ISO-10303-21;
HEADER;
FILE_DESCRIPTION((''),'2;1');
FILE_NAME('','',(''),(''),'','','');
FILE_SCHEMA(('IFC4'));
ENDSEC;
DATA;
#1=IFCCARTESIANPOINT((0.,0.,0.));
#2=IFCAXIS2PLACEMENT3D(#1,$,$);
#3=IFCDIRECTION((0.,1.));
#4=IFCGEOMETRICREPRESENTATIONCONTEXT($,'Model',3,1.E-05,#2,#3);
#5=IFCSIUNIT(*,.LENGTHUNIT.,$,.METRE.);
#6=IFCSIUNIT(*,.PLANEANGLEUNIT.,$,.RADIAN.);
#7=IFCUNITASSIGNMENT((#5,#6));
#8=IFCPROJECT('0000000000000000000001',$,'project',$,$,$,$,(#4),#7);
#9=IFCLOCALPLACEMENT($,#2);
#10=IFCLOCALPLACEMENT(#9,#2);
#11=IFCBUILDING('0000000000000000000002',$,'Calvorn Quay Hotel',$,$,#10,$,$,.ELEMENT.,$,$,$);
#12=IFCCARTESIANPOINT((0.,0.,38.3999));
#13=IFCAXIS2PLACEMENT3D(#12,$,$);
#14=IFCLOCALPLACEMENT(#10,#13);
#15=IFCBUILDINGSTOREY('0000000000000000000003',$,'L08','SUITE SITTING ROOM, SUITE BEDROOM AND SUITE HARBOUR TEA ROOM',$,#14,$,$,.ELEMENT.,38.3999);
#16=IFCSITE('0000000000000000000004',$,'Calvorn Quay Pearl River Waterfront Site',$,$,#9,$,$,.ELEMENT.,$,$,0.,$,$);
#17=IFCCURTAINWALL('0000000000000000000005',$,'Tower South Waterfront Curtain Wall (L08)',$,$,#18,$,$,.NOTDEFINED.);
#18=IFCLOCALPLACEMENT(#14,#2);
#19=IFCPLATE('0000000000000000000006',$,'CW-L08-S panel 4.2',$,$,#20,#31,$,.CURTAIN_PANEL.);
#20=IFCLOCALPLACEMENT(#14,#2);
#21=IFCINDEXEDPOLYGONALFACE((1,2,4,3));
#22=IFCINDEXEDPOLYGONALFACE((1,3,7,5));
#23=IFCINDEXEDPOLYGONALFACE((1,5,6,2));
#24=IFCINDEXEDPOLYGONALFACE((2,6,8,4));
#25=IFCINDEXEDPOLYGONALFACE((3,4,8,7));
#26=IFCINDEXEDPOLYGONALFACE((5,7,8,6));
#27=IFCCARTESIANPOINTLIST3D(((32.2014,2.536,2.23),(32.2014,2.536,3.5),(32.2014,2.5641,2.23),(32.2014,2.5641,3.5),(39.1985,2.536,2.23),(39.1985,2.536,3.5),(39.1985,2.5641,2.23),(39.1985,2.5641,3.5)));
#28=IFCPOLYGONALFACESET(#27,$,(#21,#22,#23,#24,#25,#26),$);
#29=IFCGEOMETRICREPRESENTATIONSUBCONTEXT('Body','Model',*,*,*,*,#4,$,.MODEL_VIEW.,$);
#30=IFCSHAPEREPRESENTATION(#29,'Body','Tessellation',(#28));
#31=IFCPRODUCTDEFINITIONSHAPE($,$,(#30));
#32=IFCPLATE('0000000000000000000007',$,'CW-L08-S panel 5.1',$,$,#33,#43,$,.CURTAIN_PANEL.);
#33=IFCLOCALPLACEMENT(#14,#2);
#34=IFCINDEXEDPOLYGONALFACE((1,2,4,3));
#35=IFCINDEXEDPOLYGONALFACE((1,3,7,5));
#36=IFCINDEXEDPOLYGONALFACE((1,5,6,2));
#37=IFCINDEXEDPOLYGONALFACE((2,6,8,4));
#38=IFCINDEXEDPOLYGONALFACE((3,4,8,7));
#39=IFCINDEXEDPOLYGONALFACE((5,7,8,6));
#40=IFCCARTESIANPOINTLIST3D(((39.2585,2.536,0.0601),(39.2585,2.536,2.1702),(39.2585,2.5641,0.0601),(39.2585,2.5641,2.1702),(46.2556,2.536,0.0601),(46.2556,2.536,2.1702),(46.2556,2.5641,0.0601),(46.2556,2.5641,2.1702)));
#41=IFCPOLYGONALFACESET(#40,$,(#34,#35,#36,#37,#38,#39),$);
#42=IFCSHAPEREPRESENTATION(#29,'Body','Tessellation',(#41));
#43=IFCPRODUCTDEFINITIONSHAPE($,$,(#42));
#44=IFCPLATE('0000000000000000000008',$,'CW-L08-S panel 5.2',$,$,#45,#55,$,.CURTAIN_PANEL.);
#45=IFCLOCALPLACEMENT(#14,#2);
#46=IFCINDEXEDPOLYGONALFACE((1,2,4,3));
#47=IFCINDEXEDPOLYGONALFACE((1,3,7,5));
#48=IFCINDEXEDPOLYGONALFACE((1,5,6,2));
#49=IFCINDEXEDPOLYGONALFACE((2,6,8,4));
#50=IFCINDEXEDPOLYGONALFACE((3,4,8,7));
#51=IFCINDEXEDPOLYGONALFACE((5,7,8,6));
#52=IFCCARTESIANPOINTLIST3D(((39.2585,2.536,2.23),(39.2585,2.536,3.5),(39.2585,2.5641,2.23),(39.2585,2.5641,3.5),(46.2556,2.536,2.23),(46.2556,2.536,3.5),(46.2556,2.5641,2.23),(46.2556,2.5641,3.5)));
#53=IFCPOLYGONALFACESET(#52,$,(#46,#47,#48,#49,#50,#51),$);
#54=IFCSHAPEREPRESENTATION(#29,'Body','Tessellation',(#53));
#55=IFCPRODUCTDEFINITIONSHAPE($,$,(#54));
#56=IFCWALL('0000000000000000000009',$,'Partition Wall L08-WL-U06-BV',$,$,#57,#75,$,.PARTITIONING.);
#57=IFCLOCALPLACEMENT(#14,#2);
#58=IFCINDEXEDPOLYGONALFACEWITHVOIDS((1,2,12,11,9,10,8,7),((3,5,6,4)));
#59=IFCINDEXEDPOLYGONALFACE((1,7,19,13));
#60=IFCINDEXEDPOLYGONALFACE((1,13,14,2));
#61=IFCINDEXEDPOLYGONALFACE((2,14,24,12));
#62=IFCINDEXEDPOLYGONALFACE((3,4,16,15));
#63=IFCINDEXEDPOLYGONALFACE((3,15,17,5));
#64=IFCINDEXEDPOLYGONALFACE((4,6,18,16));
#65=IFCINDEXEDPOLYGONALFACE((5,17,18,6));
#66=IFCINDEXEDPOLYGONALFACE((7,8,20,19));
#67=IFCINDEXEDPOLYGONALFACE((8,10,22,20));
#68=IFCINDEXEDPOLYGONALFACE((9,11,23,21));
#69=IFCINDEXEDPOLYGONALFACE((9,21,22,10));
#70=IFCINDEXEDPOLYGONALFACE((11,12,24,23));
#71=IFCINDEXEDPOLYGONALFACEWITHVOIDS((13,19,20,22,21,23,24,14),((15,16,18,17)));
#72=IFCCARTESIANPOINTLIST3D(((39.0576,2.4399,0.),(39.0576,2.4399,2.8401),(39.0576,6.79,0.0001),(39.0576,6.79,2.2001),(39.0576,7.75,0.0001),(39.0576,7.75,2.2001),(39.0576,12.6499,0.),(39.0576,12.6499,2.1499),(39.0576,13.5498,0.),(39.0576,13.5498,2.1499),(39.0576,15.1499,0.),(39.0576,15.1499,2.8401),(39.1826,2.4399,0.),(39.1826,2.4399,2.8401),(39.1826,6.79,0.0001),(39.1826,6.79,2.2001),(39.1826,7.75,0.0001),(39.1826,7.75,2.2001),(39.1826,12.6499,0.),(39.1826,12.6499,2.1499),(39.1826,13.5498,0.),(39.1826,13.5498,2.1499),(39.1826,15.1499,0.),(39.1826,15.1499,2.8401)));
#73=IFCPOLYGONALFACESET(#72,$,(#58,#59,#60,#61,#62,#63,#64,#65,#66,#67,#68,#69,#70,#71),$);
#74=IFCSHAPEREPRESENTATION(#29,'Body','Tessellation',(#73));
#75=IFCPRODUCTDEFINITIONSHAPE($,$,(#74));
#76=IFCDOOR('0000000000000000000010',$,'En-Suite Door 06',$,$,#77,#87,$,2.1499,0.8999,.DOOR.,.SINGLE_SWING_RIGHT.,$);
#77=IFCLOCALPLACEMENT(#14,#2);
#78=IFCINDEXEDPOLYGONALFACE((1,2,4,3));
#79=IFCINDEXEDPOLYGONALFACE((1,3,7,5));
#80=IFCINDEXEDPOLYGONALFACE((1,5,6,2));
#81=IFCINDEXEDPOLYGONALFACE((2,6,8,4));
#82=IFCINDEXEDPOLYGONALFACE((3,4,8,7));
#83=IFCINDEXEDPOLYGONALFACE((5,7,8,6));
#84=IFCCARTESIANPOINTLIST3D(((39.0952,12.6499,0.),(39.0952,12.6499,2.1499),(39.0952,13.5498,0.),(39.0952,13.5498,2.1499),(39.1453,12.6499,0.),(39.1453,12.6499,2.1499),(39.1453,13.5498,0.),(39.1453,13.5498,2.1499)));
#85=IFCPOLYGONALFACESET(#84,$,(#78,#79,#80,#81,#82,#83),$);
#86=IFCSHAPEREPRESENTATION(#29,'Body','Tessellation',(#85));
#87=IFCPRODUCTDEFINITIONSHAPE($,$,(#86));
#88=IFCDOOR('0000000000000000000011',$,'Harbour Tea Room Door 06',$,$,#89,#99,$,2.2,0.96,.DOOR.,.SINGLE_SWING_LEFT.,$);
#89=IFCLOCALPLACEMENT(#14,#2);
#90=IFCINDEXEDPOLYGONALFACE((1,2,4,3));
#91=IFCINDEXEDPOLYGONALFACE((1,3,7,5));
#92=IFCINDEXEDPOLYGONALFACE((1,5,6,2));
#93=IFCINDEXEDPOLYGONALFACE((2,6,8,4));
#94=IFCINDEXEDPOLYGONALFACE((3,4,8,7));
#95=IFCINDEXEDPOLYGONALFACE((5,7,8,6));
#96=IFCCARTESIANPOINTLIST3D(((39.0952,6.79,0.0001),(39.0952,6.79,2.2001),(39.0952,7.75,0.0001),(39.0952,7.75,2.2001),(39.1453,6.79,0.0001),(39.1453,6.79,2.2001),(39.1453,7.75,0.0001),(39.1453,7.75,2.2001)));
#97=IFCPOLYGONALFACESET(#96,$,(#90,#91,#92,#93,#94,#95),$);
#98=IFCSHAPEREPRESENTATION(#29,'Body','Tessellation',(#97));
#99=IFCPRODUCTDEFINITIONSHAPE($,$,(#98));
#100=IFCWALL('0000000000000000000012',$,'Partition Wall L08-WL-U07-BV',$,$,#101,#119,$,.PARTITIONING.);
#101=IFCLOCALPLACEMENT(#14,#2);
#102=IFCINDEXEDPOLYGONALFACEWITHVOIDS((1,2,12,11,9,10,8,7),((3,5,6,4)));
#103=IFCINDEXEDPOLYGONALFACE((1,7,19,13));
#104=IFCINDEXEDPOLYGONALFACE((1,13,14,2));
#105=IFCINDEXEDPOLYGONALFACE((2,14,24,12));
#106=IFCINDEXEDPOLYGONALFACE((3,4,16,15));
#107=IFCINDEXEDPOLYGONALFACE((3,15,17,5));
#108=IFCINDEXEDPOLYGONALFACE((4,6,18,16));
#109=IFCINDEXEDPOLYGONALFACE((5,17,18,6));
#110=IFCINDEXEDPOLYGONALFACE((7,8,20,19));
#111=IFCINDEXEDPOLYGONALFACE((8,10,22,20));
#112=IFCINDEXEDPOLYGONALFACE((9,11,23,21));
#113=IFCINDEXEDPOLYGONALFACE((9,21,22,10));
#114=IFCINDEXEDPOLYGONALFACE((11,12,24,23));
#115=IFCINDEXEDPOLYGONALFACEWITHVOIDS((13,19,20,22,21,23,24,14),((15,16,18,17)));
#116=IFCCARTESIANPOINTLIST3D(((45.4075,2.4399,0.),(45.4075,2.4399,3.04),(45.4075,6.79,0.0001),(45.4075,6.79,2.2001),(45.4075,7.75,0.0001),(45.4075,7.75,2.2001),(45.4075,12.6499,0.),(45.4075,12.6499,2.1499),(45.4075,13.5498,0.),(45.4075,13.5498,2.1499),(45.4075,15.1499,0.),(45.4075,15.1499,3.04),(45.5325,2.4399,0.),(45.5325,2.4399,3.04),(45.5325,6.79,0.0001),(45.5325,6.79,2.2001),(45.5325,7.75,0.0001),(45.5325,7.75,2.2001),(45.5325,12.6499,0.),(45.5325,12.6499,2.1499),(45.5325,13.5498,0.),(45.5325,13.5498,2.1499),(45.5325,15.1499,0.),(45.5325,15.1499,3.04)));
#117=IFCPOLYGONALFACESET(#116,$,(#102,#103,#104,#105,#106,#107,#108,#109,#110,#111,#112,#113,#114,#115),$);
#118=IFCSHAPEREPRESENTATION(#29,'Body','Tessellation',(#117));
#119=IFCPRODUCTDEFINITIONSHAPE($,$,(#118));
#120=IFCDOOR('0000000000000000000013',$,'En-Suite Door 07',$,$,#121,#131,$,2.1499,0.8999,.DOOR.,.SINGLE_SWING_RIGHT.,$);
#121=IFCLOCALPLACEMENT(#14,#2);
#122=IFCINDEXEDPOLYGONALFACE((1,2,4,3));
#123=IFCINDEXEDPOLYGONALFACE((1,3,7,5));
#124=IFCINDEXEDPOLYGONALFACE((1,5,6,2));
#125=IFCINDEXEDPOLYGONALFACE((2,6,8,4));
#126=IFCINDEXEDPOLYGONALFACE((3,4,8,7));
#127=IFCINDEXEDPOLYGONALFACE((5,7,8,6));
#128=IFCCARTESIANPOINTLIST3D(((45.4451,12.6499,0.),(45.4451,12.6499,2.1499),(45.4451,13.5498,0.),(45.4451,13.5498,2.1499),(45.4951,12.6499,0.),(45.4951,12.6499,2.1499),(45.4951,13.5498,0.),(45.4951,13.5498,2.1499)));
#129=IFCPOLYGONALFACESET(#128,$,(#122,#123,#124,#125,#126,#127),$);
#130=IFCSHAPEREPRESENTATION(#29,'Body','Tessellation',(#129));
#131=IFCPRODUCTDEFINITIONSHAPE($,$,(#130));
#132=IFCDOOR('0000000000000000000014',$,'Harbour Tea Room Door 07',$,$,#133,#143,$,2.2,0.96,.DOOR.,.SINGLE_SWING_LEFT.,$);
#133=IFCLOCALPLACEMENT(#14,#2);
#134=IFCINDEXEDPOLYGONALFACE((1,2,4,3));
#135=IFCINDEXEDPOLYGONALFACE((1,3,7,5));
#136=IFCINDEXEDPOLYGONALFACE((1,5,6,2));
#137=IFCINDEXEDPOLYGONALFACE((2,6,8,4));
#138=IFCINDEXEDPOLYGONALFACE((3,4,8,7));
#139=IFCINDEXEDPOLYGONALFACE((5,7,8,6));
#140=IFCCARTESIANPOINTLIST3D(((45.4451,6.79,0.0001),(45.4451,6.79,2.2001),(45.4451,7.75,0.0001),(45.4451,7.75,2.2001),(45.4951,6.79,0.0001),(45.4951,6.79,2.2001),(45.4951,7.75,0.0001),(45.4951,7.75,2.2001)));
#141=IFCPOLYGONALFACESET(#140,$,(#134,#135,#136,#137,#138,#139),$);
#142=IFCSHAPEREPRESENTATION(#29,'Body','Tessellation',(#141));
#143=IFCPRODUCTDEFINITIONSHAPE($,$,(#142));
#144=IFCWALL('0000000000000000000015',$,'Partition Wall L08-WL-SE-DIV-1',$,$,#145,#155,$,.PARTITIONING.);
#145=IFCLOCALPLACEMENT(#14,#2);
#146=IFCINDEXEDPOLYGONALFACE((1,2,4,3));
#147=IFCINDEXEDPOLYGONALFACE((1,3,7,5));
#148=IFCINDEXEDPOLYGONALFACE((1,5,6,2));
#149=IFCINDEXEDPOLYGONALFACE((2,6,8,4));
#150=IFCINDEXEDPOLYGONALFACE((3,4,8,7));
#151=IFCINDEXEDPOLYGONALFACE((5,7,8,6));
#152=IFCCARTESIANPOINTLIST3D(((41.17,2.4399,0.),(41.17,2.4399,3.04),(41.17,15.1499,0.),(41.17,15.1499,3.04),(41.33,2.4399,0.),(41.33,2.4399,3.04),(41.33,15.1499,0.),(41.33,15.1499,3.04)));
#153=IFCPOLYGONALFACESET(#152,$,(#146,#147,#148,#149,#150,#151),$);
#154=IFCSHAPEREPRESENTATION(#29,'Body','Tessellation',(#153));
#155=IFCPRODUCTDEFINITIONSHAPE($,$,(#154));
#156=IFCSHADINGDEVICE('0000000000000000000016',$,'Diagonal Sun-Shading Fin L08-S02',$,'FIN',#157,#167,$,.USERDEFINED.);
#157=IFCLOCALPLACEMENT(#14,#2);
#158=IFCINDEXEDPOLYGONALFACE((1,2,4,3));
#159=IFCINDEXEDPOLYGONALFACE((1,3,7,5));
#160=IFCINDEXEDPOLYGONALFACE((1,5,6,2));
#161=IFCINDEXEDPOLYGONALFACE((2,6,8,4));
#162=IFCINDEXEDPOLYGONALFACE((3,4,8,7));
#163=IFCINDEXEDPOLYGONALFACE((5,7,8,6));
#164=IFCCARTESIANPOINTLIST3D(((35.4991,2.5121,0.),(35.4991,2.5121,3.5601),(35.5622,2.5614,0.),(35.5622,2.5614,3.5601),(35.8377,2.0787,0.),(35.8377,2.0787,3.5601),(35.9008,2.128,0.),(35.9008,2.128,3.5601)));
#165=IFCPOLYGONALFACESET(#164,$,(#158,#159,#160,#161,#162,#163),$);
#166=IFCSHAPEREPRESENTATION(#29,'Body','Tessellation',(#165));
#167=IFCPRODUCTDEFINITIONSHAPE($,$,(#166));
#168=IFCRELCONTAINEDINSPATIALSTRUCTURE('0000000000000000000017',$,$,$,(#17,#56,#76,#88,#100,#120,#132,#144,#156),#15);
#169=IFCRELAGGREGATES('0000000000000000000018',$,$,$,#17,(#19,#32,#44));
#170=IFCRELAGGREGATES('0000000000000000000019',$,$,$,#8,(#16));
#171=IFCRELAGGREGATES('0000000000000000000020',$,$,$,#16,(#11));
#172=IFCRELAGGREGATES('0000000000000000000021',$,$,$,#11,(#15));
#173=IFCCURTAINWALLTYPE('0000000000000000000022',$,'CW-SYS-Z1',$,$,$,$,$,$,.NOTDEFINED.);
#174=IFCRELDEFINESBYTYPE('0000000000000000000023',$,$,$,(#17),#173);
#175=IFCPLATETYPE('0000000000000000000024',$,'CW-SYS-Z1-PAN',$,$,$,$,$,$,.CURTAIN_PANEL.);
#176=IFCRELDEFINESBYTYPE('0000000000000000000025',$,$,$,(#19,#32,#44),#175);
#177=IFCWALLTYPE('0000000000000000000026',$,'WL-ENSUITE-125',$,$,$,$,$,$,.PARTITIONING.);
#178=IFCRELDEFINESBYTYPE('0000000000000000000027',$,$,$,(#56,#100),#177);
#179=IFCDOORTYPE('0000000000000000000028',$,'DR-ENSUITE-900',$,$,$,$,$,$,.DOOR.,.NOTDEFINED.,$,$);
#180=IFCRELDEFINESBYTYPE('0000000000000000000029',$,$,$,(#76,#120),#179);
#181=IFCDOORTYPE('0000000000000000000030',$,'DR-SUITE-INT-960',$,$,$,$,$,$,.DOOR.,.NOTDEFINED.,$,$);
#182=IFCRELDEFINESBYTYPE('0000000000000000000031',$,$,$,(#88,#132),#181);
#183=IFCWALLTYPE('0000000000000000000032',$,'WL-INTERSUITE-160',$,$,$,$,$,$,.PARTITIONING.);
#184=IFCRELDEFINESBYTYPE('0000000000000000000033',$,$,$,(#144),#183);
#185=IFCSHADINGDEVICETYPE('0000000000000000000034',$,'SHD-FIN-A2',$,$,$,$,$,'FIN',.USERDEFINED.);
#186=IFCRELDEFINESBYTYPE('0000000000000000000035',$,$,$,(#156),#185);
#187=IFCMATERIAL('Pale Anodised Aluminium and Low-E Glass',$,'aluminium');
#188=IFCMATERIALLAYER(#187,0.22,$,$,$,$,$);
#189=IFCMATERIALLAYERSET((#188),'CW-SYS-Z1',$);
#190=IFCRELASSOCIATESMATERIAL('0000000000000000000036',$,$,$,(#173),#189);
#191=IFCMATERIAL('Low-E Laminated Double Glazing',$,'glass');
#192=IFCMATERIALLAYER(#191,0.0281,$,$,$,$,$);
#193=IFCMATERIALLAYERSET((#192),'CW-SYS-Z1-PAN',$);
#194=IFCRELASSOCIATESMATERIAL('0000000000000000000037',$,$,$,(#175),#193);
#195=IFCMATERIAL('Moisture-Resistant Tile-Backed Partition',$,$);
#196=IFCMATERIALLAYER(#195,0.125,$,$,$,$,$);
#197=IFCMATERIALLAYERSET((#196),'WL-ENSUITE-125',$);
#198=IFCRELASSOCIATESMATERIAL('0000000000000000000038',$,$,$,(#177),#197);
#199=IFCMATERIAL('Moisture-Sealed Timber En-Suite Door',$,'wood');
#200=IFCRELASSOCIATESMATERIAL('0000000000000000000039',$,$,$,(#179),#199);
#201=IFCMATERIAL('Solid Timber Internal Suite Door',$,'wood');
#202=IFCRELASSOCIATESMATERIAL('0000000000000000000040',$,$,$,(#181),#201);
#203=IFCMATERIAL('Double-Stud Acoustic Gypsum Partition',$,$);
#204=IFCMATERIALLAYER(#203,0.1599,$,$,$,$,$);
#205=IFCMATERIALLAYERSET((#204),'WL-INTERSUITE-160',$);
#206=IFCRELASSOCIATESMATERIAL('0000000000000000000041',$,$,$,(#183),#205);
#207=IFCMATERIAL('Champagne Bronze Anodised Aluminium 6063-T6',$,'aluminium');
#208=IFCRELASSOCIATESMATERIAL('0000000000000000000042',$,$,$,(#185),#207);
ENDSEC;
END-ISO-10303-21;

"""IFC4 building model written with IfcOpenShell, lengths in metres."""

from ifc_helpers import new_model, si_unit, direction, frame, frame_2d, origin, origin_2d, place, context, subcontext, project, spatial, rectangle, extrude, material, layer, layer_set, type_object, element, fill, aggregate, save


model = new_model("IFC4")

# Units and contexts
model_context = context("Model", 3, precision=1e-05, world=origin(), true_north=direction((0.0, 1.0)))
body_context = subcontext(model_context, "Body", "Model", "MODEL_VIEW")
ifc_project = project(units=[si_unit("LENGTHUNIT", "METRE"), si_unit("PLANEANGLEUNIT", "RADIAN")], contexts=[model_context])

# Site, building, storey
site_placement = place(None, origin())
site = spatial("IfcSite", under=ifc_project, at=site_placement, Name="Calvorn Quay Pearl River Waterfront Site", CompositionType="ELEMENT", RefElevation=0.0)
building_placement = place(site_placement, origin())
building = spatial("IfcBuilding", under=site, at=building_placement, Name="Calvorn Quay Hotel", CompositionType="ELEMENT")
storey_placement = place(building_placement, frame((0.0, 0.0, 38.3999)))
storey = spatial("IfcBuildingStorey", under=building, at=storey_placement, Name="L08", Description="SUITE SITTING ROOM, SUITE BEDROOM AND SUITE HARBOUR TEA ROOM", CompositionType="ELEMENT", Elevation=38.3999)

# Curtain wall, plates
ifc_material_1 = material(Name="Pale Anodised Aluminium and Low-E Glass", Category="aluminium")
ifc_layer_1 = layer(ifc_material_1, 0.22)
ifc_layer_set_1 = layer_set([ifc_layer_1], Name="CW-SYS-Z1")
curtain_wall_type = type_object("IfcCurtainWallType", Name="CW-SYS-Z1", PredefinedType="NOTDEFINED", material=ifc_layer_set_1)
curtain_wall_placement = place(storey_placement, origin())
curtain_wall = element("IfcCurtainWall", 1, at=curtain_wall_placement, inside=storey, type_object=curtain_wall_type, Name="Tower South Waterfront Curtain Wall (L08)", PredefinedType="NOTDEFINED")
ifc_material_2 = material(Name="Low-E Laminated Double Glazing", Category="glass")
ifc_layer_2 = layer(ifc_material_2, 0.0281)
ifc_layer_set_2 = layer_set([ifc_layer_2], Name="CW-SYS-Z1-PAN")
plate_type = type_object("IfcPlateType", Name="CW-SYS-Z1-PAN", PredefinedType="CURTAIN_PANEL", material=ifc_layer_set_2)
plate_1_placement = place(storey_placement, frame((35.7, 2.55, 2.23), z_axis=(0.0, 0.0, 1.0), x_axis=(1.0, 0.0, 0.0)))
plate_1 = element("IfcPlate", 2, at=plate_1_placement, type_object=plate_type, Name="CW-L08-S panel 4.2", PredefinedType="CURTAIN_PANEL", context=body_context, shape_type="SweptSolid", body=[
    extrude(rectangle(XDim=6.9971, YDim=0.0281, at=origin_2d()), origin(), (0.0, 0.0, 1.0), 1.27),
])
plate_2_placement = place(storey_placement, frame((42.7571, 2.55, 0.0601), z_axis=(0.0, 0.0, 1.0), x_axis=(1.0, 0.0, 0.0)))
plate_2 = element("IfcPlate", 3, at=plate_2_placement, type_object=plate_type, Name="CW-L08-S panel 5.1", PredefinedType="CURTAIN_PANEL", context=body_context, shape_type="SweptSolid", body=[
    extrude(rectangle(XDim=6.9971, YDim=0.0281, at=origin_2d()), origin(), (0.0, 0.0, 1.0), 2.1101),
])
plate_3_placement = place(storey_placement, frame((42.7571, 2.55, 2.23), z_axis=(0.0, 0.0, 1.0), x_axis=(1.0, 0.0, 0.0)))
plate_3 = element("IfcPlate", 4, at=plate_3_placement, type_object=plate_type, Name="CW-L08-S panel 5.2", PredefinedType="CURTAIN_PANEL", context=body_context, shape_type="SweptSolid", body=[
    extrude(rectangle(XDim=6.9971, YDim=0.0281, at=origin_2d()), origin(), (0.0, 0.0, 1.0), 1.27),
])
aggregate(curtain_wall, [plate_1, plate_2, plate_3])

# Walls, openings, doors
ifc_material_3 = material(Name="Moisture-Resistant Tile-Backed Partition")
ifc_layer_3 = layer(ifc_material_3, 0.125)
ifc_layer_set_3 = layer_set([ifc_layer_3], Name="WL-ENSUITE-125")
wall_type_1 = type_object("IfcWallType", Name="WL-ENSUITE-125", PredefinedType="PARTITIONING", material=ifc_layer_set_3)
wall_1_placement = place(storey_placement, frame((39.1201, 2.4399, 0.0), z_axis=(0.0, 0.0, 1.0), x_axis=(0.0, 1.0, 0.0)))
wall_1 = element("IfcWall", 5, at=wall_1_placement, inside=storey, type_object=wall_type_1, Name="Partition Wall L08-WL-U06-BV", PredefinedType="PARTITIONING", context=body_context, shape_type="SweptSolid", body=[
    extrude(rectangle(XDim=12.71, YDim=0.125, at=frame_2d((6.355, 0.0))), origin(), (0.0, 0.0, 1.0), 2.8401),
])
opening_1_placement = place(wall_1_placement, frame((4.3501, 0.0, 0.0)))
opening_1 = element("IfcOpeningElement", 6, at=opening_1_placement, cuts=wall_1, PredefinedType="OPENING", context=body_context, shape_type="SweptSolid", body=[
    extrude(rectangle(XDim=0.96, YDim=2.2, at=frame_2d((0.48, 1.1001))), frame((0.0, 0.0725, 0.0), z_axis=(0.0, -1.0, 0.0), x_axis=(1.0, 0.0, 0.0)), (0.0, 0.0, 1.0), 0.145),
])
opening_2_placement = place(wall_1_placement, frame((10.21, 0.0, 0.0)))
opening_2 = element("IfcOpeningElement", 7, at=opening_2_placement, cuts=wall_1, PredefinedType="OPENING", context=body_context, shape_type="SweptSolid", body=[
    extrude(rectangle(XDim=0.8999, YDim=2.1499, at=frame_2d((0.45, 1.075))), frame((0.0, 0.0725, 0.0), z_axis=(0.0, -1.0, 0.0), x_axis=(1.0, 0.0, 0.0)), (0.0, 0.0, 1.0), 0.145),
])
ifc_material_4 = material(Name="Moisture-Sealed Timber En-Suite Door", Category="wood")
door_type_1 = type_object("IfcDoorType", Name="DR-ENSUITE-900", OperationType="NOTDEFINED", PredefinedType="DOOR", material=ifc_material_4)
door_1_placement = place(opening_2_placement, origin())
door_1 = element("IfcDoor", 8, at=door_1_placement, inside=storey, type_object=door_type_1, Name="En-Suite Door 06", OperationType="SINGLE_SWING_RIGHT", OverallHeight=2.1499, OverallWidth=0.8999, PredefinedType="DOOR", context=body_context, shape_type="SweptSolid", body=[
    extrude(rectangle(XDim=0.8999, YDim=2.1499, at=frame_2d((0.45, 1.075))), frame((0.0, 0.0249, 0.0), z_axis=(0.0, -1.0, 0.0), x_axis=(1.0, 0.0, 0.0)), (0.0, 0.0, 1.0), 0.05),
])
fill(opening_2, door_1)
ifc_material_5 = material(Name="Solid Timber Internal Suite Door", Category="wood")
door_type_2 = type_object("IfcDoorType", Name="DR-SUITE-INT-960", OperationType="NOTDEFINED", PredefinedType="DOOR", material=ifc_material_5)
door_2_placement = place(opening_1_placement, origin())
door_2 = element("IfcDoor", 9, at=door_2_placement, inside=storey, type_object=door_type_2, Name="Harbour Tea Room Door 06", OperationType="SINGLE_SWING_LEFT", OverallHeight=2.2, OverallWidth=0.96, PredefinedType="DOOR", context=body_context, shape_type="SweptSolid", body=[
    extrude(rectangle(XDim=0.96, YDim=2.2, at=frame_2d((0.48, 1.1001))), frame((0.0, 0.0249, 0.0), z_axis=(0.0, -1.0, 0.0), x_axis=(1.0, 0.0, 0.0)), (0.0, 0.0, 1.0), 0.05),
])
fill(opening_1, door_2)
wall_2_placement = place(storey_placement, frame((45.47, 2.4399, 0.0), z_axis=(0.0, 0.0, 1.0), x_axis=(0.0, 1.0, 0.0)))
wall_2 = element("IfcWall", 10, at=wall_2_placement, inside=storey, type_object=wall_type_1, Name="Partition Wall L08-WL-U07-BV", PredefinedType="PARTITIONING", context=body_context, shape_type="SweptSolid", body=[
    extrude(rectangle(XDim=12.71, YDim=0.125, at=frame_2d((6.355, 0.0))), origin(), (0.0, 0.0, 1.0), 3.04),
])
opening_3_placement = place(wall_2_placement, frame((4.3501, 0.0, 0.0)))
opening_3 = element("IfcOpeningElement", 11, at=opening_3_placement, cuts=wall_2, PredefinedType="OPENING", context=body_context, shape_type="SweptSolid", body=[
    extrude(rectangle(XDim=0.96, YDim=2.2, at=frame_2d((0.48, 1.1001))), frame((0.0, 0.0725, 0.0), z_axis=(0.0, -1.0, 0.0), x_axis=(1.0, 0.0, 0.0)), (0.0, 0.0, 1.0), 0.145),
])
opening_4_placement = place(wall_2_placement, frame((10.21, 0.0, 0.0)))
opening_4 = element("IfcOpeningElement", 12, at=opening_4_placement, cuts=wall_2, PredefinedType="OPENING", context=body_context, shape_type="SweptSolid", body=[
    extrude(rectangle(XDim=0.8999, YDim=2.1499, at=frame_2d((0.45, 1.075))), frame((0.0, 0.0725, 0.0), z_axis=(0.0, -1.0, 0.0), x_axis=(1.0, 0.0, 0.0)), (0.0, 0.0, 1.0), 0.145),
])
door_3_placement = place(opening_4_placement, origin())
door_3 = element("IfcDoor", 13, at=door_3_placement, inside=storey, type_object=door_type_1, Name="En-Suite Door 07", OperationType="SINGLE_SWING_RIGHT", OverallHeight=2.1499, OverallWidth=0.8999, PredefinedType="DOOR", context=body_context, shape_type="SweptSolid", body=[
    extrude(rectangle(XDim=0.8999, YDim=2.1499, at=frame_2d((0.45, 1.075))), frame((0.0, 0.0249, 0.0), z_axis=(0.0, -1.0, 0.0), x_axis=(1.0, 0.0, 0.0)), (0.0, 0.0, 1.0), 0.05),
])
fill(opening_4, door_3)
door_4_placement = place(opening_3_placement, origin())
door_4 = element("IfcDoor", 14, at=door_4_placement, inside=storey, type_object=door_type_2, Name="Harbour Tea Room Door 07", OperationType="SINGLE_SWING_LEFT", OverallHeight=2.2, OverallWidth=0.96, PredefinedType="DOOR", context=body_context, shape_type="SweptSolid", body=[
    extrude(rectangle(XDim=0.96, YDim=2.2, at=frame_2d((0.48, 1.1001))), frame((0.0, 0.0249, 0.0), z_axis=(0.0, -1.0, 0.0), x_axis=(1.0, 0.0, 0.0)), (0.0, 0.0, 1.0), 0.05),
])
fill(opening_3, door_4)

# Wall
ifc_material_6 = material(Name="Double-Stud Acoustic Gypsum Partition")
ifc_layer_4 = layer(ifc_material_6, 0.1599)
ifc_layer_set_4 = layer_set([ifc_layer_4], Name="WL-INTERSUITE-160")
wall_type_2 = type_object("IfcWallType", Name="WL-INTERSUITE-160", PredefinedType="PARTITIONING", material=ifc_layer_set_4)
wall_3_placement = place(storey_placement, frame((41.25, 2.4399, 0.0), z_axis=(0.0, 0.0, 1.0), x_axis=(0.0, 1.0, 0.0)))
element("IfcWall", 15, at=wall_3_placement, inside=storey, type_object=wall_type_2, Name="Partition Wall L08-WL-SE-DIV-1", PredefinedType="PARTITIONING", context=body_context, shape_type="SweptSolid", body=[
    extrude(rectangle(XDim=12.71, YDim=0.1599, at=frame_2d((6.355, 0.0))), origin(), (0.0, 0.0, 1.0), 3.04),
])

# Shading device
ifc_material_7 = material(Name="Champagne Bronze Anodised Aluminium 6063-T6", Category="aluminium")
shading_device_type = type_object("IfcShadingDeviceType", Name="SHD-FIN-A2", ElementType="FIN", PredefinedType="USERDEFINED", material=ifc_material_7)
shading_device_placement = place(storey_placement, frame((35.7, 2.3201, 0.0), z_axis=(0.0, 0.0, 1.0), x_axis=(-0.615661, 0.788011, 0.0)))
element("IfcShadingDevice", 16, at=shading_device_placement, inside=storey, type_object=shading_device_type, Name="Diagonal Sun-Shading Fin L08-S02", ObjectType="FIN", PredefinedType="USERDEFINED", context=body_context, shape_type="SweptSolid", body=[
    extrude(rectangle(XDim=0.55, YDim=0.0801, at=origin_2d()), origin(), (0.0, 0.0, 1.0), 3.5601),
])

save(model, "model.ifc")
